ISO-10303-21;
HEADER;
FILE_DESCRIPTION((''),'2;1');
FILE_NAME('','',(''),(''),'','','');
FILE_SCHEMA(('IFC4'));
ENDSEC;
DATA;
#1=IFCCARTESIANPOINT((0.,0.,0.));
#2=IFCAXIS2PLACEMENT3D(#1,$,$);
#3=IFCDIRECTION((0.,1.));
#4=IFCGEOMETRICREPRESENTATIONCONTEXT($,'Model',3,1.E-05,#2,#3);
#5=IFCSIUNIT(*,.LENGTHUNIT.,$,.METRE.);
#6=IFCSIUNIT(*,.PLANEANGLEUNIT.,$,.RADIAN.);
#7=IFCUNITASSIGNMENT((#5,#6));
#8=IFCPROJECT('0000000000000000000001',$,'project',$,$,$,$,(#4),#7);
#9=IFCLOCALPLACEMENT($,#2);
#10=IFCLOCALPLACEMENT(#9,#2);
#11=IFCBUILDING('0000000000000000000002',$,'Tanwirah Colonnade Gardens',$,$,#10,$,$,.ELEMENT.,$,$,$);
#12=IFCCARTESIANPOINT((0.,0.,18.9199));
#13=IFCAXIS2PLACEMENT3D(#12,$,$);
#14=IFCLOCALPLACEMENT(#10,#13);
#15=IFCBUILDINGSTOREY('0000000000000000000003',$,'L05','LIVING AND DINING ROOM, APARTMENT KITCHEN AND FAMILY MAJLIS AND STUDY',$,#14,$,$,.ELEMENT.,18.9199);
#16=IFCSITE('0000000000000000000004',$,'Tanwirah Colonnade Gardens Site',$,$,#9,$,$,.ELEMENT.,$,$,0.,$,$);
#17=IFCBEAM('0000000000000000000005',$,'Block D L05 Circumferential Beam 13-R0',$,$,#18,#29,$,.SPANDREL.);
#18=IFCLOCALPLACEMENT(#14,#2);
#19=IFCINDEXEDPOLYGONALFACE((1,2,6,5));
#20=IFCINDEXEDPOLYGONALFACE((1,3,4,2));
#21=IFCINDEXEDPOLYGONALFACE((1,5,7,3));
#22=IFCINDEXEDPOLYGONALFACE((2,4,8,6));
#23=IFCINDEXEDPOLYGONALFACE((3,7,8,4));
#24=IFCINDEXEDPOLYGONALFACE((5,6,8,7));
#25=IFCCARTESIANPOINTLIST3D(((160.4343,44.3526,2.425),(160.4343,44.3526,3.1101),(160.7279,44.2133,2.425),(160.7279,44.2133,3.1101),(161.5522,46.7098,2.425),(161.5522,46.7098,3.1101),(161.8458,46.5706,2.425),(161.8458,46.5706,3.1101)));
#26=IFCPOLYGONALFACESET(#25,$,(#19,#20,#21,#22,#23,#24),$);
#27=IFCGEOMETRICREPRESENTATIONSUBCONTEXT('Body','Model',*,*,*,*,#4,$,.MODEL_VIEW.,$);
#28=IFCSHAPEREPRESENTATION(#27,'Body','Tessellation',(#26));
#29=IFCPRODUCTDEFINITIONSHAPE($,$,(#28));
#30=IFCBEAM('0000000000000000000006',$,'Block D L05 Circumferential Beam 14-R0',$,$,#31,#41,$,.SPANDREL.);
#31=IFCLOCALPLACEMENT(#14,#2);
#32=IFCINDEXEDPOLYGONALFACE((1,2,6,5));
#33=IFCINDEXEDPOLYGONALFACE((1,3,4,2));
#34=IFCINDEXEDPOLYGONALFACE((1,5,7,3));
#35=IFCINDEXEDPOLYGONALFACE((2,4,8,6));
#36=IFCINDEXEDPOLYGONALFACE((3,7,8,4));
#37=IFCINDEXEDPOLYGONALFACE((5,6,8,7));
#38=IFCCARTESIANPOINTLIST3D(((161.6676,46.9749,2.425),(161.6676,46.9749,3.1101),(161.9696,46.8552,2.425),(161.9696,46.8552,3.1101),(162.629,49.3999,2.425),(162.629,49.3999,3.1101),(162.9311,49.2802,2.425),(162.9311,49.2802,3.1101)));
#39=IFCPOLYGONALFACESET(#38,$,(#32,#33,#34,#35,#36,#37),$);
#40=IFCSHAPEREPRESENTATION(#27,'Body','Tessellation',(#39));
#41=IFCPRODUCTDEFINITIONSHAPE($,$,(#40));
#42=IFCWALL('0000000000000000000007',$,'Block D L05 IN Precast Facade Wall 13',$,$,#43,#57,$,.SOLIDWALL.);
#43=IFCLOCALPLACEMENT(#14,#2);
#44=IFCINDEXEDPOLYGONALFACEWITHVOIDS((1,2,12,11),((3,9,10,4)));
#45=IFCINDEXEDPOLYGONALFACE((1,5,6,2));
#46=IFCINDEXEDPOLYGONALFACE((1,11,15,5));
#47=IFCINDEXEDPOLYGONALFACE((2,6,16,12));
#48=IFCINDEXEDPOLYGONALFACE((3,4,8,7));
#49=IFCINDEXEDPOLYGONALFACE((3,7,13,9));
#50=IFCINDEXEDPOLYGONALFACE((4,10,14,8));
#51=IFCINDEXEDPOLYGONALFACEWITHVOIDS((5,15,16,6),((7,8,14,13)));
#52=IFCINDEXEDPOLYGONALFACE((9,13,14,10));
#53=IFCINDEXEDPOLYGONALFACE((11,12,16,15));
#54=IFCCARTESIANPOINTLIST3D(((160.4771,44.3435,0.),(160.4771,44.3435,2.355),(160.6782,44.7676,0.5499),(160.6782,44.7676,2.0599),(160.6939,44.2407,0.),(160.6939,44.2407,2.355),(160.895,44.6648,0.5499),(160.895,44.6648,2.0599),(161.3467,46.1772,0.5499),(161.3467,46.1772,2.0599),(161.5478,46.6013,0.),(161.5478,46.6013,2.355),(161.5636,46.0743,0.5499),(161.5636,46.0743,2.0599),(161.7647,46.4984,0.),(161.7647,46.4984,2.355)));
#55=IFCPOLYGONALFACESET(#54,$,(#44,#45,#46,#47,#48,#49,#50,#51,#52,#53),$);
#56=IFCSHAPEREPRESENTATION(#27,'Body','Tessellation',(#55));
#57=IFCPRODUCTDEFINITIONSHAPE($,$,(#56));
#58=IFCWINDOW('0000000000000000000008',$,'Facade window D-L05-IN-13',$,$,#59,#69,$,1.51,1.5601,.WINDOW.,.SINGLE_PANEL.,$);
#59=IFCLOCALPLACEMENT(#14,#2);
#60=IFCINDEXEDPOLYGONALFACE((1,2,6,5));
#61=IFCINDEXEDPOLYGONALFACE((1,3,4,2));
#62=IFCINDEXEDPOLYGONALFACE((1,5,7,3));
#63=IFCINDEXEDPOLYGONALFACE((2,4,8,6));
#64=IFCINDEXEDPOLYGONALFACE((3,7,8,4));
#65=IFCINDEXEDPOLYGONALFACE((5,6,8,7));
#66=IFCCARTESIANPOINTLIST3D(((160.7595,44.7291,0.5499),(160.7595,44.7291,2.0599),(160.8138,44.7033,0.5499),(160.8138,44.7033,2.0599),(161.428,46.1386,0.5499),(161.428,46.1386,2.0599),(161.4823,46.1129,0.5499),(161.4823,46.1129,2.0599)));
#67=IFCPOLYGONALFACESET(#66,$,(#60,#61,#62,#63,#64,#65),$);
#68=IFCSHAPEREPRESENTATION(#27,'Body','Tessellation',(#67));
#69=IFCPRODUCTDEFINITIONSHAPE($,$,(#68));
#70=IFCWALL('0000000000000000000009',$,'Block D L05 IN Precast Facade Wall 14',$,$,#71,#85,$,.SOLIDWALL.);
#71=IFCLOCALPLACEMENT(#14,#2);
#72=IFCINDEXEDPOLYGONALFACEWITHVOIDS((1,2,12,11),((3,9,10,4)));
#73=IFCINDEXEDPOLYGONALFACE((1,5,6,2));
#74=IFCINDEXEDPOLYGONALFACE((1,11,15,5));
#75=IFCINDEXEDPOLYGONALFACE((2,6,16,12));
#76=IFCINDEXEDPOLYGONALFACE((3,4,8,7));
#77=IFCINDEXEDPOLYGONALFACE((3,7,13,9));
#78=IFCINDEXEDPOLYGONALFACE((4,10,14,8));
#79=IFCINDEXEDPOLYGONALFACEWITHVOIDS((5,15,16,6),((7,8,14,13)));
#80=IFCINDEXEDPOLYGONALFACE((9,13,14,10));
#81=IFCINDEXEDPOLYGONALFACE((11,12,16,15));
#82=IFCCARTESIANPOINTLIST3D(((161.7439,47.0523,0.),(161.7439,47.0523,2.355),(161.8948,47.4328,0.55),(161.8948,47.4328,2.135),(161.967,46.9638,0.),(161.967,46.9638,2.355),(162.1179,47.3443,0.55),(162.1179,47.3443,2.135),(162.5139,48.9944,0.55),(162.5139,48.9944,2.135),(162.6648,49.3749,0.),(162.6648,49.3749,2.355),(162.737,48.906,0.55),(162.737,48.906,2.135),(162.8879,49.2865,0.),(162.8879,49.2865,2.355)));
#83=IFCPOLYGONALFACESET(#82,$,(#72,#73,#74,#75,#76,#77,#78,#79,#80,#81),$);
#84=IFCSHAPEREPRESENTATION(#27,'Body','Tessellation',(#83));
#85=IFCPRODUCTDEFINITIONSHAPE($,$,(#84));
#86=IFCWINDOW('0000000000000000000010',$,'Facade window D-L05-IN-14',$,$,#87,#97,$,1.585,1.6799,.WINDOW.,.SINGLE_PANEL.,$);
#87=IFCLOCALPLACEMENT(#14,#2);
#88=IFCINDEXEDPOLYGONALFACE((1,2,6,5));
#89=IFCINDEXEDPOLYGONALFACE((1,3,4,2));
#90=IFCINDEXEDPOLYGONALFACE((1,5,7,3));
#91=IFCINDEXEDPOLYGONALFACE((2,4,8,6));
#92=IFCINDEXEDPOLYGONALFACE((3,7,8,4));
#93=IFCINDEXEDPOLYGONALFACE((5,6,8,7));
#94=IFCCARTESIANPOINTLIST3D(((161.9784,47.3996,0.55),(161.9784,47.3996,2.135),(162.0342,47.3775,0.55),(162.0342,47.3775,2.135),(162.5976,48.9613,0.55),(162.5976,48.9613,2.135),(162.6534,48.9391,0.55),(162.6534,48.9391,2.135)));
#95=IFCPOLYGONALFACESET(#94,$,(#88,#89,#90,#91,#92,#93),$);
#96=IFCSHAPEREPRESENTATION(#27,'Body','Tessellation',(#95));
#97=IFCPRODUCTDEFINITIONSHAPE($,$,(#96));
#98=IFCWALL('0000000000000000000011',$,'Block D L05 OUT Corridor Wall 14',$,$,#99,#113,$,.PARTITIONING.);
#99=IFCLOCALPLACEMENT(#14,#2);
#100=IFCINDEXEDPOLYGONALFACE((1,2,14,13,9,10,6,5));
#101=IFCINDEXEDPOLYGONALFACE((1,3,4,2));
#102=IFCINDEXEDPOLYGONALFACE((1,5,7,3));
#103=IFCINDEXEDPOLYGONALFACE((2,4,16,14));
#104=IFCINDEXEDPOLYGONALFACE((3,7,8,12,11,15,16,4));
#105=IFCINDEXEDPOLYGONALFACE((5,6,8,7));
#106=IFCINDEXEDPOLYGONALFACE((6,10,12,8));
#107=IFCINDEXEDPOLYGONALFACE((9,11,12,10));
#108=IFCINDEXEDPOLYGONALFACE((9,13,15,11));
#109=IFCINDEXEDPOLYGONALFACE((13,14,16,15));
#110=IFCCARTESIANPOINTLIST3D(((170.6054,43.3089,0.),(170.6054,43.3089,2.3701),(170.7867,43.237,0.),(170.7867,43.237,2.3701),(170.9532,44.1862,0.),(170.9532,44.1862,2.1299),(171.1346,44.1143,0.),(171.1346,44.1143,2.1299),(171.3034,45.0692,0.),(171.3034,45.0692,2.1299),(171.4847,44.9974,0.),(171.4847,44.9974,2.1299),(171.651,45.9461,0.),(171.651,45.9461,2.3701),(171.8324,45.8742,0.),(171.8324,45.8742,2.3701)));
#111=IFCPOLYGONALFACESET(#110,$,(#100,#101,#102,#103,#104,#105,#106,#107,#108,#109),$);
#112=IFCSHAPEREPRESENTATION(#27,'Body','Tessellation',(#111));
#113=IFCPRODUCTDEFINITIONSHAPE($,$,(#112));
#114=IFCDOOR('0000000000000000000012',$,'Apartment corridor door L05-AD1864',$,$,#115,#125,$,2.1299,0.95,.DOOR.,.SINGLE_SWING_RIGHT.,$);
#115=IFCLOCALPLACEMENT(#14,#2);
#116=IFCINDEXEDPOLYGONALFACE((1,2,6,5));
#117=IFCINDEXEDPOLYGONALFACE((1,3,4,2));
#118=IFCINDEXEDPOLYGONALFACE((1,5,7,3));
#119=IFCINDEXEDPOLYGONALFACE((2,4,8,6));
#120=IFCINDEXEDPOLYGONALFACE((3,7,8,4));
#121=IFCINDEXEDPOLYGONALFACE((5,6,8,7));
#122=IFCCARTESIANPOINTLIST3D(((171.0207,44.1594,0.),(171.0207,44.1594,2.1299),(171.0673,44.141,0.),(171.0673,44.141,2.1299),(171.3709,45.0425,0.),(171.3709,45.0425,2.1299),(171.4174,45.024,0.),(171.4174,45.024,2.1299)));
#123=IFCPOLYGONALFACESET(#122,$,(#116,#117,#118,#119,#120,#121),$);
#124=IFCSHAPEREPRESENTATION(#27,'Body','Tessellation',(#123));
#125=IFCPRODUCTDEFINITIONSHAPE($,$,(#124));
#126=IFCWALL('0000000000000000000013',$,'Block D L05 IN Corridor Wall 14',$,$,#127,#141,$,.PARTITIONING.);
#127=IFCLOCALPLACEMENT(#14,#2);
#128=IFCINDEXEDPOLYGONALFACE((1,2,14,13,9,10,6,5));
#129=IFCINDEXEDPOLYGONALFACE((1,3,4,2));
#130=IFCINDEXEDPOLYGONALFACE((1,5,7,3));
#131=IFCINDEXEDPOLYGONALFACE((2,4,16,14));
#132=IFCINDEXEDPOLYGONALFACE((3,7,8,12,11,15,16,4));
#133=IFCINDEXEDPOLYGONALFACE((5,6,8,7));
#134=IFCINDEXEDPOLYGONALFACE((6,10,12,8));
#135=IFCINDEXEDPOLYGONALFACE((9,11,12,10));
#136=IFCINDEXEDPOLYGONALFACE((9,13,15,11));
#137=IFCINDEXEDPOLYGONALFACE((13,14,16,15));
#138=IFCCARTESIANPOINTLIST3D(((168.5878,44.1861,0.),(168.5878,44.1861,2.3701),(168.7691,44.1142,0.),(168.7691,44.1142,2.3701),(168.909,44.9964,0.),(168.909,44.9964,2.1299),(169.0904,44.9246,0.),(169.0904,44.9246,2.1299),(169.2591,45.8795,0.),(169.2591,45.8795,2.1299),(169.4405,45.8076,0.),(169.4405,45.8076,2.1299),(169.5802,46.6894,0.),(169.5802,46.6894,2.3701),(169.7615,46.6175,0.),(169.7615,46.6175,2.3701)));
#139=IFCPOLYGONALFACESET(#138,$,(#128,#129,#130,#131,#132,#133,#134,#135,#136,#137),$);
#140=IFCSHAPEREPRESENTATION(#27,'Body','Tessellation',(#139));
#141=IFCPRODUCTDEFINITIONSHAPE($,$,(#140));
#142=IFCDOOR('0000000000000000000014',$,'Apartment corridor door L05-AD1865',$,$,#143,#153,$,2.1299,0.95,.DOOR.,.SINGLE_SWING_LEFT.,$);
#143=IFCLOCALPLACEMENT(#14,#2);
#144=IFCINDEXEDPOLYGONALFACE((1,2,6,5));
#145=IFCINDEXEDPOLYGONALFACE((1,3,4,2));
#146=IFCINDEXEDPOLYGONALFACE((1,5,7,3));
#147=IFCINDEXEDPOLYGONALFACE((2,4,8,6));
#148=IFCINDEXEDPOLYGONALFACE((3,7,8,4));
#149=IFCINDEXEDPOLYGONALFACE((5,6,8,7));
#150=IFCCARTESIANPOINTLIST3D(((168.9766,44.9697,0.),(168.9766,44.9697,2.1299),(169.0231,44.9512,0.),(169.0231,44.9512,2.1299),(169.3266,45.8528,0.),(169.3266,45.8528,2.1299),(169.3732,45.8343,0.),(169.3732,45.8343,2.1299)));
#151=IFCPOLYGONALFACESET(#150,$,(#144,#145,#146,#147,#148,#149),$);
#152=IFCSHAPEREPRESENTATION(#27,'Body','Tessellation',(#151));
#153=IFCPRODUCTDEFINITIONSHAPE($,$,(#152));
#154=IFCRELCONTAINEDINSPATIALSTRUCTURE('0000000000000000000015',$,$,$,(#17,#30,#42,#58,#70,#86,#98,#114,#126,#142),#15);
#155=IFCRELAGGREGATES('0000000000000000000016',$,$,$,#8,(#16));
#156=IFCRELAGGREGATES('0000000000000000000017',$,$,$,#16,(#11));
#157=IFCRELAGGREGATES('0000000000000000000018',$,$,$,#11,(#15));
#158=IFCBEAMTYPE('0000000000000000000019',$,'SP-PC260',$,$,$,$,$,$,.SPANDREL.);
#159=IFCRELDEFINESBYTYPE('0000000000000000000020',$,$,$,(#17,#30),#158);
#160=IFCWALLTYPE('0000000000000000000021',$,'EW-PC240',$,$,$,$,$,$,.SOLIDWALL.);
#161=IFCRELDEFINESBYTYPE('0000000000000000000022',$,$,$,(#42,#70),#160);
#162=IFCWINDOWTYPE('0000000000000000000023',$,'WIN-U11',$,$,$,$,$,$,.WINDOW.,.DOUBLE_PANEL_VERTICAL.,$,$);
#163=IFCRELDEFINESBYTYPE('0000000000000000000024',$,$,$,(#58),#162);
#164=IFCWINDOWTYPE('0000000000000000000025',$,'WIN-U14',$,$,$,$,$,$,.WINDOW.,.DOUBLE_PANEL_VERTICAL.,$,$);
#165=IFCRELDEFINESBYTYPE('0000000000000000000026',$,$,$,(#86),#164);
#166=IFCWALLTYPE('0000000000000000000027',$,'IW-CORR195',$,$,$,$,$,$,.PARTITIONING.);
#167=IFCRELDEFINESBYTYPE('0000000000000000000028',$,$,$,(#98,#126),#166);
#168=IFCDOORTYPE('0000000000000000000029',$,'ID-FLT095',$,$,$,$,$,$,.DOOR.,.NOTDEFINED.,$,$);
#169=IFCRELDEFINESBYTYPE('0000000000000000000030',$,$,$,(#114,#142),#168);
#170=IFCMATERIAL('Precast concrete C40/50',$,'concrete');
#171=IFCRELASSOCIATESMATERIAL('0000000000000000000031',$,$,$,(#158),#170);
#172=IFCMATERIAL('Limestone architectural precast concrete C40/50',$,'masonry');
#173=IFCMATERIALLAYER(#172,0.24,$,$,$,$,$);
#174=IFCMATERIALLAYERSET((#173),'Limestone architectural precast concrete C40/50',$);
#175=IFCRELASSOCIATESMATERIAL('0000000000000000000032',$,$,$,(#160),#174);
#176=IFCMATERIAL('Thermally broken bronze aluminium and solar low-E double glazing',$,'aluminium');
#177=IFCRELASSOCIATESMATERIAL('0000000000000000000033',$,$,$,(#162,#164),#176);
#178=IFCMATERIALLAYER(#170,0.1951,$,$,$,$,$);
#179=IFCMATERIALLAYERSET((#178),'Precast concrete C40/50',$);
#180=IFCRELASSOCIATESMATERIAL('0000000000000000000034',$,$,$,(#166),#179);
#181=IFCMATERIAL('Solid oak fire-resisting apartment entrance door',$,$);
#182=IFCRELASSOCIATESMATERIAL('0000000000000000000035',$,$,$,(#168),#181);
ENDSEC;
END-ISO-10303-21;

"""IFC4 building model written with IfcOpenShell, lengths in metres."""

from ifc_helpers import new_model, si_unit, direction, frame, frame_2d, origin, origin_2d, place, context, subcontext, project, spatial, rectangle, extrude, material, layer, layer_set, material_profile, profile_set, type_object, element, fill, save


model = new_model("IFC4")

# Units and contexts
model_context = context("Model", 3, precision=1e-05, world=origin(), true_north=direction((0.0, 1.0)))
body_context = subcontext(model_context, "Body", "Model", "MODEL_VIEW")
ifc_project = project(units=[si_unit("LENGTHUNIT", "METRE"), si_unit("PLANEANGLEUNIT", "RADIAN")], contexts=[model_context])

# Site, building, storey
site_placement = place(None, origin())
site = spatial("IfcSite", under=ifc_project, at=site_placement, Name="Tanwirah Colonnade Gardens Site", CompositionType="ELEMENT", RefElevation=0.0)
building_placement = place(site_placement, origin())
building = spatial("IfcBuilding", under=site, at=building_placement, Name="Tanwirah Colonnade Gardens", CompositionType="ELEMENT")
storey_placement = place(building_placement, frame((0.0, 0.0, 18.9199)))
storey = spatial("IfcBuildingStorey", under=building, at=storey_placement, Name="L05", Description="LIVING AND DINING ROOM, APARTMENT KITCHEN AND FAMILY MAJLIS AND STUDY", CompositionType="ELEMENT", Elevation=18.9199)

# Shared definitions
ifc_material_1 = material(Name="Precast concrete C40/50", Category="concrete")

# Beams
ifc_material_profile_1 = material_profile(ifc_material_1, rectangle(XDim=0.325, YDim=0.6851, at=origin_2d()), Name="PC-SP 325x685")
ifc_profile_set_1 = profile_set([ifc_material_profile_1], Name="Precast concrete C40/50")
beam_type_1 = type_object("IfcBeamType", Name="SP-PC260", PredefinedType="SPANDREL", material=ifc_profile_set_1)
beam_1_placement = place(storey_placement, frame((160.5811, 44.283, 2.7676), z_axis=(0.428513, 0.903536, 0.0), x_axis=(-0.903536, 0.428513, 0.0)))
element("IfcBeam", 1, at=beam_1_placement, inside=storey, type_object=beam_type_1, Name="Block D L05 Circumferential Beam 13-R0", PredefinedType="SPANDREL", context=body_context, shape_type="SweptSolid", body=[
    extrude(rectangle(XDim=0.325, YDim=0.6851, at=origin_2d()), origin(), (0.0, 0.0, 1.0), 2.6089),
])
beam_2_placement = place(storey_placement, frame((161.8186, 46.915, 2.7676), z_axis=(0.368549, 0.929608, 0.0), x_axis=(-0.929608, 0.368549, 0.0)))
element("IfcBeam", 2, at=beam_2_placement, inside=storey, type_object=beam_type_1, Name="Block D L05 Circumferential Beam 14-R0", PredefinedType="SPANDREL", context=body_context, shape_type="SweptSolid", body=[
    extrude(rectangle(XDim=0.325, YDim=0.6851, at=origin_2d()), origin(), (0.0, 0.0, 1.0), 2.6086),
])

# Walls, openings, windows
ifc_material_2 = material(Name="Limestone architectural precast concrete C40/50", Category="masonry")
ifc_layer_1 = layer(ifc_material_2, 0.24)
ifc_layer_set_1 = layer_set([ifc_layer_1], Name="Limestone architectural precast concrete C40/50")
wall_type_1 = type_object("IfcWallType", Name="EW-PC240", PredefinedType="SOLIDWALL", material=ifc_layer_set_1)
wall_1_placement = place(storey_placement, frame((160.5854, 44.292, 0.0), z_axis=(0.0, 0.0, 1.0), x_axis=(0.428515, 0.903535, 0.0)))
wall_1 = element("IfcWall", 3, at=wall_1_placement, inside=storey, type_object=wall_type_1, Name="Block D L05 IN Precast Facade Wall 13", PredefinedType="SOLIDWALL", context=body_context, shape_type="SweptSolid", body=[
    extrude(rectangle(XDim=2.4988, YDim=0.24, at=frame_2d((1.2495, 0.0))), origin(), (0.0, 0.0, 1.0), 2.355),
])
opening_1_placement = place(wall_1_placement, frame((0.4695, 0.0, 0.55)))
opening_1 = element("IfcOpeningElement", 4, at=opening_1_placement, cuts=wall_1, PredefinedType="OPENING", context=body_context, shape_type="SweptSolid", body=[
    extrude(rectangle(XDim=1.5601, YDim=1.51, at=frame_2d((0.78, 0.7549))), frame((0.0, 0.1299, 0.0), z_axis=(0.0, -1.0, 0.0), x_axis=(1.0, 0.0, 0.0)), (0.0, 0.0, 1.0), 0.26),
])
ifc_material_3 = material(Name="Thermally broken bronze aluminium and solar low-E double glazing", Category="aluminium")
window_type_1 = type_object("IfcWindowType", Name="WIN-U11", PartitioningType="DOUBLE_PANEL_VERTICAL", PredefinedType="WINDOW", material=ifc_material_3)
window_1_placement = place(opening_1_placement, origin())
window_1 = element("IfcWindow", 5, at=window_1_placement, inside=storey, type_object=window_type_1, Name="Facade window D-L05-IN-13", OverallHeight=1.51, OverallWidth=1.5601, PartitioningType="SINGLE_PANEL", PredefinedType="WINDOW", context=body_context, shape_type="SweptSolid", body=[
    extrude(rectangle(XDim=1.5601, YDim=1.51, at=frame_2d((0.78, 0.7549))), frame((0.0, 0.03, 0.0), z_axis=(0.0, -1.0, 0.0), x_axis=(1.0, 0.0, 0.0)), (0.0, 0.0, 1.0), 0.0601),
])
fill(opening_1, window_1)
wall_2_placement = place(storey_placement, frame((161.8555, 47.0081, 0.0), z_axis=(0.0, 0.0, 1.0), x_axis=(0.368559, 0.929604, 0.0)))
wall_2 = element("IfcWall", 6, at=wall_2_placement, inside=storey, type_object=wall_type_1, Name="Block D L05 IN Precast Facade Wall 14", PredefinedType="SOLIDWALL", context=body_context, shape_type="SweptSolid", body=[
    extrude(rectangle(XDim=2.4985, YDim=0.24, at=frame_2d((1.2493, 0.0))), origin(), (0.0, 0.0, 1.0), 2.355),
])
opening_2_placement = place(wall_2_placement, frame((0.4094, 0.0, 0.55)))
opening_2 = element("IfcOpeningElement", 7, at=opening_2_placement, cuts=wall_2, PredefinedType="OPENING", context=body_context, shape_type="SweptSolid", body=[
    extrude(rectangle(XDim=1.6799, YDim=1.585, at=frame_2d((0.8398, 0.7925))), frame((0.0, 0.1299, 0.0), z_axis=(0.0, -1.0, 0.0), x_axis=(1.0, 0.0, 0.0)), (0.0, 0.0, 1.0), 0.26),
])
window_type_2 = type_object("IfcWindowType", Name="WIN-U14", PartitioningType="DOUBLE_PANEL_VERTICAL", PredefinedType="WINDOW", material=ifc_material_3)
window_2_placement = place(opening_2_placement, origin())
window_2 = element("IfcWindow", 8, at=window_2_placement, inside=storey, type_object=window_type_2, Name="Facade window D-L05-IN-14", OverallHeight=1.585, OverallWidth=1.6799, PartitioningType="SINGLE_PANEL", PredefinedType="WINDOW", context=body_context, shape_type="SweptSolid", body=[
    extrude(rectangle(XDim=1.6799, YDim=1.585, at=frame_2d((0.8398, 0.7925))), frame((0.0, 0.03, 0.0), z_axis=(0.0, -1.0, 0.0), x_axis=(1.0, 0.0, 0.0)), (0.0, 0.0, 1.0), 0.0601),
])
fill(opening_2, window_2)

# Walls, openings, doors
ifc_layer_2 = layer(ifc_material_1, 0.1951)
ifc_layer_set_2 = layer_set([ifc_layer_2], Name="Precast concrete C40/50")
wall_type_2 = type_object("IfcWallType", Name="IW-CORR195", PredefinedType="PARTITIONING", material=ifc_layer_set_2)
wall_3_placement = place(storey_placement, frame((170.696, 43.2729, 0.0), z_axis=(0.0, 0.0, 1.0), x_axis=(0.368585, 0.929594, 0.0)))
wall_3 = element("IfcWall", 9, at=wall_3_placement, inside=storey, type_object=wall_type_2, Name="Block D L05 OUT Corridor Wall 14", PredefinedType="PARTITIONING", context=body_context, shape_type="SweptSolid", body=[
    extrude(rectangle(XDim=2.8369, YDim=0.1951, at=frame_2d((1.4185, 0.0))), origin(), (0.0, 0.0, 1.0), 2.3701),
])
opening_3_placement = place(wall_3_placement, frame((0.9436, 0.0, 0.0)))
opening_3 = element("IfcOpeningElement", 10, at=opening_3_placement, cuts=wall_3, PredefinedType="OPENING", context=body_context, shape_type="SweptSolid", body=[
    extrude(rectangle(XDim=0.95, YDim=2.1299, at=frame_2d((0.4751, 1.0649))), frame((0.0, 0.1074, 0.0), z_axis=(0.0, -1.0, 0.0), x_axis=(1.0, 0.0, 0.0)), (0.0, 0.0, 1.0), 0.2151),
])
ifc_material_4 = material(Name="Solid oak fire-resisting apartment entrance door")
door_type_1 = type_object("IfcDoorType", Name="ID-FLT095", OperationType="NOTDEFINED", PredefinedType="DOOR", material=ifc_material_4)
door_1_placement = place(opening_3_placement, origin())
door_1 = element("IfcDoor", 11, at=door_1_placement, inside=storey, type_object=door_type_1, Name="Apartment corridor door L05-AD1864", OperationType="SINGLE_SWING_RIGHT", OverallHeight=2.1299, OverallWidth=0.95, PredefinedType="DOOR", context=body_context, shape_type="SweptSolid", body=[
    extrude(rectangle(XDim=0.95, YDim=2.1299, at=frame_2d((0.4751, 1.0649))), frame((0.0, 0.0249, 0.0), z_axis=(0.0, -1.0, 0.0), x_axis=(1.0, 0.0, 0.0)), (0.0, 0.0, 1.0), 0.05),
])
fill(opening_3, door_1)
wall_4_placement = place(storey_placement, frame((168.6785, 44.1501, 0.0), z_axis=(0.0, 0.0, 1.0), x_axis=(0.368528, 0.929616, 0.0)))
wall_4 = element("IfcWall", 12, at=wall_4_placement, inside=storey, type_object=wall_type_2, Name="Block D L05 IN Corridor Wall 14", PredefinedType="PARTITIONING", context=body_context, shape_type="SweptSolid", body=[
    extrude(rectangle(XDim=2.6929, YDim=0.1951, at=frame_2d((1.3464, 0.0))), origin(), (0.0, 0.0, 1.0), 2.3701),
])
opening_4_placement = place(wall_4_placement, frame((0.8716, 0.0, 0.0)))
opening_4 = element("IfcOpeningElement", 13, at=opening_4_placement, cuts=wall_4, PredefinedType="OPENING", context=body_context, shape_type="SweptSolid", body=[
    extrude(rectangle(XDim=0.95, YDim=2.1299, at=frame_2d((0.4751, 1.0649))), frame((0.0, 0.1074, 0.0), z_axis=(0.0, -1.0, 0.0), x_axis=(1.0, 0.0, 0.0)), (0.0, 0.0, 1.0), 0.2151),
])
door_2_placement = place(opening_4_placement, origin())
door_2 = element("IfcDoor", 14, at=door_2_placement, inside=storey, type_object=door_type_1, Name="Apartment corridor door L05-AD1865", OperationType="SINGLE_SWING_LEFT", OverallHeight=2.1299, OverallWidth=0.95, PredefinedType="DOOR", context=body_context, shape_type="SweptSolid", body=[
    extrude(rectangle(XDim=0.95, YDim=2.1299, at=frame_2d((0.4751, 1.0649))), frame((0.0, 0.0249, 0.0), z_axis=(0.0, -1.0, 0.0), x_axis=(1.0, 0.0, 0.0)), (0.0, 0.0, 1.0), 0.05),
])
fill(opening_4, door_2)

save(model, "model.ifc")
